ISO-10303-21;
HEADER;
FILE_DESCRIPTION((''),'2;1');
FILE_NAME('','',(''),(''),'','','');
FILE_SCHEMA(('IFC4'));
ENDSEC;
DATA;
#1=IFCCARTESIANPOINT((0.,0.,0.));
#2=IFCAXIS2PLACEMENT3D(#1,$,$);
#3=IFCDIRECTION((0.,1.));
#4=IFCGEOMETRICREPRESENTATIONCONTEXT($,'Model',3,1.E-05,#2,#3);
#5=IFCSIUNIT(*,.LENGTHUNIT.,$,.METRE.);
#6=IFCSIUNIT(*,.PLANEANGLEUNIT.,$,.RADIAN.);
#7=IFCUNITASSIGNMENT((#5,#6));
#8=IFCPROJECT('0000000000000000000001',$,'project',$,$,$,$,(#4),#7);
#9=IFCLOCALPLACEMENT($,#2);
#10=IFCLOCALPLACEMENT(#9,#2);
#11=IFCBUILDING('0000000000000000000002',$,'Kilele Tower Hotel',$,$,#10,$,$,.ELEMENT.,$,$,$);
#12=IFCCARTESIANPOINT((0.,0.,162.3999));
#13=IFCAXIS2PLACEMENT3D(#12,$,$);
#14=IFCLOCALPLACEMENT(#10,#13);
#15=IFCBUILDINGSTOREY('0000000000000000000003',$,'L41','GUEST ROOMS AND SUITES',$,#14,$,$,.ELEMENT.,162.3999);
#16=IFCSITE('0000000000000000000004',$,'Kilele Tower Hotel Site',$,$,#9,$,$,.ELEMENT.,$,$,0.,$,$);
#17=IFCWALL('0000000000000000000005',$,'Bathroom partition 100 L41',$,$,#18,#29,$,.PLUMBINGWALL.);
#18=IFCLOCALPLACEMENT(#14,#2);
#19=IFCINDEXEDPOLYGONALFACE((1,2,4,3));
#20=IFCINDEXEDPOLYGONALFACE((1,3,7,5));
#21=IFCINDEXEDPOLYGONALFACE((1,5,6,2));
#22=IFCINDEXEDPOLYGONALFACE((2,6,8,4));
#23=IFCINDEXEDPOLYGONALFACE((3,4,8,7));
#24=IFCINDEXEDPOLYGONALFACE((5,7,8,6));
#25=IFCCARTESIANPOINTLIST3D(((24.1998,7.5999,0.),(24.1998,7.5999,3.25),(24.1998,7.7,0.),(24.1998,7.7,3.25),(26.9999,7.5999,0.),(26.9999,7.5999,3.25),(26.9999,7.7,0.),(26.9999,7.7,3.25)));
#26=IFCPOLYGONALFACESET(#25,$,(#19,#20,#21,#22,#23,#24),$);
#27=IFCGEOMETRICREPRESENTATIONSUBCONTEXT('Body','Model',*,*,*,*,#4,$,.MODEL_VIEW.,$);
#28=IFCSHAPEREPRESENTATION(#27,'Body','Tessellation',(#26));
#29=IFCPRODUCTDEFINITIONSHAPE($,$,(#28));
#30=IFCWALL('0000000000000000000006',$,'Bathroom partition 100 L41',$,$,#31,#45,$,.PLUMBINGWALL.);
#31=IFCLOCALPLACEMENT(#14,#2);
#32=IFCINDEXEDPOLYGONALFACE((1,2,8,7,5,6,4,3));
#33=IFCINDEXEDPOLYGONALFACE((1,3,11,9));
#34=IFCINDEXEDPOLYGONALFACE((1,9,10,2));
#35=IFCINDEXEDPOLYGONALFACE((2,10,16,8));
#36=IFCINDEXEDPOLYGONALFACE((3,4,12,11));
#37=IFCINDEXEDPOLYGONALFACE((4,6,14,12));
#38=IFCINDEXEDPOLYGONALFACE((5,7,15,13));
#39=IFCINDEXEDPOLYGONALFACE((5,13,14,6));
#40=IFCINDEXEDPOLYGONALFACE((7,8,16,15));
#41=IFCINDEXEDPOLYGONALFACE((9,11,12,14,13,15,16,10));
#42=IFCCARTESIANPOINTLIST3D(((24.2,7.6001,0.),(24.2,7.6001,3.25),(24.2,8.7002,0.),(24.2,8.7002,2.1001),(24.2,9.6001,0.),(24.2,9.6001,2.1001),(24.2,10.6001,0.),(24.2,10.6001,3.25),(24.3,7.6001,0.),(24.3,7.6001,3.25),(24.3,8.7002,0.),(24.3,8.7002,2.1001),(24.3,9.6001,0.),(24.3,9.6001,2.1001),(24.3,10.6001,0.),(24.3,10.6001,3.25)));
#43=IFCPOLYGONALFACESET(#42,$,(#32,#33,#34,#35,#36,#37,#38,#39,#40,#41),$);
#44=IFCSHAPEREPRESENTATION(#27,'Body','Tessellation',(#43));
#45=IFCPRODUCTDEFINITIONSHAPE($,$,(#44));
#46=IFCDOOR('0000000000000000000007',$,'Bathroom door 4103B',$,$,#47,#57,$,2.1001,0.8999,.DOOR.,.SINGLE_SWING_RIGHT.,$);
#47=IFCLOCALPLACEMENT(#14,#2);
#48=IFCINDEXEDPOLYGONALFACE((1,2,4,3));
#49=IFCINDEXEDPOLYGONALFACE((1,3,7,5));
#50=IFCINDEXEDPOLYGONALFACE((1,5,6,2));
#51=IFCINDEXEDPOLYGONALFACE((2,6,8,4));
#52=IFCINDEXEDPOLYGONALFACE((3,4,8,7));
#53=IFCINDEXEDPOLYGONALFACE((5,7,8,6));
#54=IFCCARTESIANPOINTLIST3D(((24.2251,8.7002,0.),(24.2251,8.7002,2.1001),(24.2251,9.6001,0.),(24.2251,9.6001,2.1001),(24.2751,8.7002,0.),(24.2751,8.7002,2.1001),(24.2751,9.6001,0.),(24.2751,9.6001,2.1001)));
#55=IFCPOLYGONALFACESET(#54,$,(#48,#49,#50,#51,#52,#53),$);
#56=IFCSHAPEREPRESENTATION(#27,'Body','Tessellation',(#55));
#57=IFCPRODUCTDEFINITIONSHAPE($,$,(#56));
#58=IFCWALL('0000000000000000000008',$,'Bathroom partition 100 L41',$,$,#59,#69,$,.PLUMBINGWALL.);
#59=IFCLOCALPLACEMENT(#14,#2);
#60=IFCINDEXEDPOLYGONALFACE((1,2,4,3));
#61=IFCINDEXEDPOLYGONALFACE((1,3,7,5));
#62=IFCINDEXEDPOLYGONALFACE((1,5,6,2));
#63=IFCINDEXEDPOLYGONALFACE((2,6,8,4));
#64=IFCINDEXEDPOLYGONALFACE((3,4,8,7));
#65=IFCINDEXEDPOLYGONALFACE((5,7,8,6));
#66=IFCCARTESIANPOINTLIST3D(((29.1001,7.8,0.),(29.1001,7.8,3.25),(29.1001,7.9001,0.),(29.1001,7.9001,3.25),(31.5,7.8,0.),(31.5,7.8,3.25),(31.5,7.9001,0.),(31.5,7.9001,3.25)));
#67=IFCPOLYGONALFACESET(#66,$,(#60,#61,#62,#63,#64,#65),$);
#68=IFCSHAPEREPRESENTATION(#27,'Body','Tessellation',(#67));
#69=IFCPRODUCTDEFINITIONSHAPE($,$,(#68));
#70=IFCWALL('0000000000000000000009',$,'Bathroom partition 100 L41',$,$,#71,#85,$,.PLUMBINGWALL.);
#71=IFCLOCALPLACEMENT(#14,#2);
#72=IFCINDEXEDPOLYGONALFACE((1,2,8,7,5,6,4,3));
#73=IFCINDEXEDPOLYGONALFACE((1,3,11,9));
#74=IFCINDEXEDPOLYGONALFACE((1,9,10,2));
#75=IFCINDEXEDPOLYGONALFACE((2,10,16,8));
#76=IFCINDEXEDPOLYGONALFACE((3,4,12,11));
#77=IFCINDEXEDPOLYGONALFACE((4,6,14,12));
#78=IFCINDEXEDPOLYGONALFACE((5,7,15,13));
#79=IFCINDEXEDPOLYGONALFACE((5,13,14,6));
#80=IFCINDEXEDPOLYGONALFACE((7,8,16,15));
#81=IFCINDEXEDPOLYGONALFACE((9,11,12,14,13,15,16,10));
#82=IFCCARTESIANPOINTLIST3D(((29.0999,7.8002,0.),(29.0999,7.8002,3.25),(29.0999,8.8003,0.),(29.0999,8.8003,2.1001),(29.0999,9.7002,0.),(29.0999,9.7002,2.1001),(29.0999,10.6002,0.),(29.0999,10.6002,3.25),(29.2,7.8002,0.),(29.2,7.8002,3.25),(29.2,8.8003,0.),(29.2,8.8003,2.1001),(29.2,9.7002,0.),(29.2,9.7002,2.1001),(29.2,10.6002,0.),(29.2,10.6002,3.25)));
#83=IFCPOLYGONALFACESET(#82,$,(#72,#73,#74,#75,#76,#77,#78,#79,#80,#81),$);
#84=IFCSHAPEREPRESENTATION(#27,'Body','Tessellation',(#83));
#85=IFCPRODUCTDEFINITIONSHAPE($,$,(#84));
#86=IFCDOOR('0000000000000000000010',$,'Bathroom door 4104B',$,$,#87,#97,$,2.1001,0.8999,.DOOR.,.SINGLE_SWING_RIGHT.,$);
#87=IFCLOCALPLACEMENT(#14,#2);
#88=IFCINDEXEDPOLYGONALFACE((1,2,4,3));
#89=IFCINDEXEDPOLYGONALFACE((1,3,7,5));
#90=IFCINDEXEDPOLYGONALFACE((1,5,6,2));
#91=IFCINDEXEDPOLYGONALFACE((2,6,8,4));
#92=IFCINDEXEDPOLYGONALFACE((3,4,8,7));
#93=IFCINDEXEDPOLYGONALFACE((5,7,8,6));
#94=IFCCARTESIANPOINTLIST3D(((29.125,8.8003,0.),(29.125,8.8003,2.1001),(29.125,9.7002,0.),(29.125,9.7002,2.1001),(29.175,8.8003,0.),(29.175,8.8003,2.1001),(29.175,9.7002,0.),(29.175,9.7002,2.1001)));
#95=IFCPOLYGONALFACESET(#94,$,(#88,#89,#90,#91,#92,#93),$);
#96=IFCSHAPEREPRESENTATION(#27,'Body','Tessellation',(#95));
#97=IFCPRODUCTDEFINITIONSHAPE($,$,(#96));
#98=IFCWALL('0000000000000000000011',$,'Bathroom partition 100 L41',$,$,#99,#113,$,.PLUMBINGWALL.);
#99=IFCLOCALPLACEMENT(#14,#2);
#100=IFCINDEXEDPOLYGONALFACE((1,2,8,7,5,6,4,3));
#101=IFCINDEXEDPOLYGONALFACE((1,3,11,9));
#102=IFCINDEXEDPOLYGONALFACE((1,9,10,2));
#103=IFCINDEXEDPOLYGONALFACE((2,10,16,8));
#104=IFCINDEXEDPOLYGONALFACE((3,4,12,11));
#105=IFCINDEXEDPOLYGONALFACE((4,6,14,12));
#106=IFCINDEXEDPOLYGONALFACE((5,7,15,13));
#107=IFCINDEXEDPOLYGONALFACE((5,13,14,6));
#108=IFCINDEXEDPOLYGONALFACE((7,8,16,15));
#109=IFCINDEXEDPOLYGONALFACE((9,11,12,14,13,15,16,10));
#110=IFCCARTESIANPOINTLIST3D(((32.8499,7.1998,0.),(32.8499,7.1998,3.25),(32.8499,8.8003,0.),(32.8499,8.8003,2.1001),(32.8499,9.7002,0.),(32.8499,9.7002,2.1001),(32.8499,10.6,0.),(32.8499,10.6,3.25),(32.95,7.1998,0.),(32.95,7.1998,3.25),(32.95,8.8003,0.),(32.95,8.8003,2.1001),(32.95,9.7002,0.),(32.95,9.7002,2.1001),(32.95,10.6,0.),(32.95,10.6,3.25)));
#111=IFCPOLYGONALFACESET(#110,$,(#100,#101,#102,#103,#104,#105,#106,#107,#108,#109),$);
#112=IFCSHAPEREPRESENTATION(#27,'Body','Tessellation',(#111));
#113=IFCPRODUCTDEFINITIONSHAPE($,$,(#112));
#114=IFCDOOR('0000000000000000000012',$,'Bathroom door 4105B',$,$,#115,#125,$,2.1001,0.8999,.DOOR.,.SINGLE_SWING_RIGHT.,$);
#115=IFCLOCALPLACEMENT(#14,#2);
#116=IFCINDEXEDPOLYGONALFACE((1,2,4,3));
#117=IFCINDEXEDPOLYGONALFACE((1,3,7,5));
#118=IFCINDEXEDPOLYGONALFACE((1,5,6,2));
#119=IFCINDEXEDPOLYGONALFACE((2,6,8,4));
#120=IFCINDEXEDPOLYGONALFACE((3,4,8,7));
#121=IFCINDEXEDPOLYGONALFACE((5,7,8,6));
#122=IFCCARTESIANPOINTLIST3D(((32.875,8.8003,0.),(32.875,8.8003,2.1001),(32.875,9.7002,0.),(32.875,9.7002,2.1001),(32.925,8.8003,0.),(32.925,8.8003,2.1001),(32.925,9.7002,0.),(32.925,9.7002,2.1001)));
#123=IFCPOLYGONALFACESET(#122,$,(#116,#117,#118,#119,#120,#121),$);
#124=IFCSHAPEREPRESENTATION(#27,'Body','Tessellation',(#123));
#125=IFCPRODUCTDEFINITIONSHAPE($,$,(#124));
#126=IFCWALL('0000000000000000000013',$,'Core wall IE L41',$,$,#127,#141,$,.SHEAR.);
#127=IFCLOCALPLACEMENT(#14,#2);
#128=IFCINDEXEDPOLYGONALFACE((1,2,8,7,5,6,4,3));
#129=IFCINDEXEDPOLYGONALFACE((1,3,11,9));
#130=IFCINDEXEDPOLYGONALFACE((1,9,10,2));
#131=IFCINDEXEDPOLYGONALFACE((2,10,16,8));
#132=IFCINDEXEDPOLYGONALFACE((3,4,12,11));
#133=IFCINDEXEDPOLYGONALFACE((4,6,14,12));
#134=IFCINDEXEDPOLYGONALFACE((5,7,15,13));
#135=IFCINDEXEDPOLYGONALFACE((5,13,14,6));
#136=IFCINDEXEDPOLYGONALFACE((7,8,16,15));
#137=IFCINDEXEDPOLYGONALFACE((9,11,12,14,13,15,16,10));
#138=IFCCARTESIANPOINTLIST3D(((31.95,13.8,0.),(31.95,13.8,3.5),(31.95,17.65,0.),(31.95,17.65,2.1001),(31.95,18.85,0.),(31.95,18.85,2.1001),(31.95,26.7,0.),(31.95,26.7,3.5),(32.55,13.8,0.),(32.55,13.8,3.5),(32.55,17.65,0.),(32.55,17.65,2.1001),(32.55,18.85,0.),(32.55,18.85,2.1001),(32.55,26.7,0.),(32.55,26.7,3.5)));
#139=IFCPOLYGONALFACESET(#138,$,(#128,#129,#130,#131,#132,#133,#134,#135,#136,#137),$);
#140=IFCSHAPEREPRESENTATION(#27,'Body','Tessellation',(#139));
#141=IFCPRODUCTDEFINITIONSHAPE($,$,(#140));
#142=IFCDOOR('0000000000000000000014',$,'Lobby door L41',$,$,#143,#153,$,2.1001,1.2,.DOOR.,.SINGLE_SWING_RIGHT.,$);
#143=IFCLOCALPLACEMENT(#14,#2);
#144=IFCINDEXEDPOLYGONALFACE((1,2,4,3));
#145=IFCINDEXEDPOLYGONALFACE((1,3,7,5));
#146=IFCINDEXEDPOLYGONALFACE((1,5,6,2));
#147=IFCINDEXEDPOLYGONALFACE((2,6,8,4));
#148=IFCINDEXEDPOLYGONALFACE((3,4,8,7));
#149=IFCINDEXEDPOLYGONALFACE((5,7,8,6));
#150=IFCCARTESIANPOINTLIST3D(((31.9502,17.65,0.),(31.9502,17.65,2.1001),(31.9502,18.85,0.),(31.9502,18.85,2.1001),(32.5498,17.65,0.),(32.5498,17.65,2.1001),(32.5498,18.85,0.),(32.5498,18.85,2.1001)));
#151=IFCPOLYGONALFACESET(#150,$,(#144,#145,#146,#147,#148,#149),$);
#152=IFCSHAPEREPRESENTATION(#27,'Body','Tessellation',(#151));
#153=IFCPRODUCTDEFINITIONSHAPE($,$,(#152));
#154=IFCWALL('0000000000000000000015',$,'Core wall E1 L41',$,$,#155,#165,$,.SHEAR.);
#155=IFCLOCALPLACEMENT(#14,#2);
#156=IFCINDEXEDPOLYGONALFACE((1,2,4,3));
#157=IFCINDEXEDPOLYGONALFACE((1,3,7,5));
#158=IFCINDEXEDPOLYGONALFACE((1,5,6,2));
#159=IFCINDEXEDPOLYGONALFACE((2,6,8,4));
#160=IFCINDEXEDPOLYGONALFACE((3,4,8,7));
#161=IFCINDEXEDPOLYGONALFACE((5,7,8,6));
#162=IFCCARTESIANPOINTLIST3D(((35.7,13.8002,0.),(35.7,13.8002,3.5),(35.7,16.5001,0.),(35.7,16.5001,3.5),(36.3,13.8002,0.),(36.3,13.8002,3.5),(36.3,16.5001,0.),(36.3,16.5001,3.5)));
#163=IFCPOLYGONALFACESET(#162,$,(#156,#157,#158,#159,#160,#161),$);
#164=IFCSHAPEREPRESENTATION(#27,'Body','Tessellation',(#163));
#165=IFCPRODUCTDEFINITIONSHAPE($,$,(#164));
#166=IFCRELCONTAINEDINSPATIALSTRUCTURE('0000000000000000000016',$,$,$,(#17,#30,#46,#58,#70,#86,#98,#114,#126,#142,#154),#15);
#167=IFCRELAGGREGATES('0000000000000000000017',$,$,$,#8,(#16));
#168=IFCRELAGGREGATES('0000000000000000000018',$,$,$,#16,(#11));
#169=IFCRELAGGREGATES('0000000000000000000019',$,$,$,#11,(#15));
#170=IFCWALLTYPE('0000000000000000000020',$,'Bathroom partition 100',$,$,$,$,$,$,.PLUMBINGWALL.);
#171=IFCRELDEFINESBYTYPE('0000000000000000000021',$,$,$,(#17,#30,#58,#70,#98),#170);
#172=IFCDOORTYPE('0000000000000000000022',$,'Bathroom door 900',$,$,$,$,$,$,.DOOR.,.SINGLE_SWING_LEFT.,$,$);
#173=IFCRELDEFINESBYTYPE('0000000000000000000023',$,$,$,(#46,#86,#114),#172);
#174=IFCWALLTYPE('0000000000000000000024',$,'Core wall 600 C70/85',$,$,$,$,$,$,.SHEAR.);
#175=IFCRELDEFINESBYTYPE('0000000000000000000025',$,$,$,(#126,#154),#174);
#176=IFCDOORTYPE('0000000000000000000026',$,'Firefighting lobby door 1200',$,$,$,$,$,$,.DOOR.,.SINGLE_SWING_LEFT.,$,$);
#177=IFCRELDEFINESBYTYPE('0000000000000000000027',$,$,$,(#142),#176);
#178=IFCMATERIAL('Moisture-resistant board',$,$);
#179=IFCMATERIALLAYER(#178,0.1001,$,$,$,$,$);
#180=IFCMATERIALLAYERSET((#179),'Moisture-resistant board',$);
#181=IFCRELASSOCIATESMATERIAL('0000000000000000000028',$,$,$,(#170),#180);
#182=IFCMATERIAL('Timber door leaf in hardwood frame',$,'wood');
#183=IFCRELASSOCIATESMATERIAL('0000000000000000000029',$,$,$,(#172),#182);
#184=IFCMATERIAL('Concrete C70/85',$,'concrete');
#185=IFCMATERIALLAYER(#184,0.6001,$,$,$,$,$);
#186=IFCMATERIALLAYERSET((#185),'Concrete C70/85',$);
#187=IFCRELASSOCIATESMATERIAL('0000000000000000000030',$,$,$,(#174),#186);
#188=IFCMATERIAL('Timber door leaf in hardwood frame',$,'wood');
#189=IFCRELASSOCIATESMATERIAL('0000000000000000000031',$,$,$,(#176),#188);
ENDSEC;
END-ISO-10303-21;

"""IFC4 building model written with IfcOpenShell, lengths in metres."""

from ifc_helpers import new_model, si_unit, direction, frame, frame_2d, origin, place, context, subcontext, project, spatial, rectangle, extrude, material, layer, layer_set, type_object, element, fill, save


model = new_model("IFC4")

# Units and contexts
model_context = context("Model", 3, precision=1e-05, world=origin(), true_north=direction((0.0, 1.0)))
body_context = subcontext(model_context, "Body", "Model", "MODEL_VIEW")
ifc_project = project(units=[si_unit("LENGTHUNIT", "METRE"), si_unit("PLANEANGLEUNIT", "RADIAN")], contexts=[model_context])

# Site, building, storey
site_placement = place(None, origin())
site = spatial("IfcSite", under=ifc_project, at=site_placement, Name="Kilele Tower Hotel Site", CompositionType="ELEMENT", RefElevation=0.0)
building_placement = place(site_placement, origin())
building = spatial("IfcBuilding", under=site, at=building_placement, Name="Kilele Tower Hotel", CompositionType="ELEMENT")
storey_placement = place(building_placement, frame((0.0, 0.0, 162.3999)))
storey = spatial("IfcBuildingStorey", under=building, at=storey_placement, Name="L41", Description="GUEST ROOMS AND SUITES", CompositionType="ELEMENT", Elevation=162.3999)

# Wall
ifc_material_1 = material(Name="Moisture-resistant board")
ifc_layer_1 = layer(ifc_material_1, 0.1001)
ifc_layer_set_1 = layer_set([ifc_layer_1], Name="Moisture-resistant board")
wall_type_1 = type_object("IfcWallType", Name="Bathroom partition 100", PredefinedType="PLUMBINGWALL", material=ifc_layer_set_1)
wall_1_placement = place(storey_placement, frame((24.2, 7.6499, 0.0), z_axis=(0.0, 0.0, 1.0), x_axis=(1.0, 0.0, 0.0)))
element("IfcWall", 1, at=wall_1_placement, inside=storey, type_object=wall_type_1, Name="Bathroom partition 100 L41", PredefinedType="PLUMBINGWALL", context=body_context, shape_type="SweptSolid", body=[
    extrude(rectangle(XDim=2.8, YDim=0.1001, at=frame_2d((1.3999, 0.0))), origin(), (0.0, 0.0, 1.0), 3.25),
])

# Wall, opening, door
wall_2_placement = place(storey_placement, frame((24.25, 10.6001, 0.0), z_axis=(0.0, 0.0, 1.0), x_axis=(0.0, -1.0, 0.0)))
wall_2 = element("IfcWall", 2, at=wall_2_placement, inside=storey, type_object=wall_type_1, Name="Bathroom partition 100 L41", PredefinedType="PLUMBINGWALL", context=body_context, shape_type="SweptSolid", body=[
    extrude(rectangle(XDim=3.0, YDim=0.1001, at=frame_2d((1.5, 0.0))), origin(), (0.0, 0.0, 1.0), 3.25),
])
opening_1_placement = place(wall_2_placement, frame((1.8999, 0.0, 0.0), z_axis=(0.0, 0.0, 1.0), x_axis=(-1.0, 0.0, 0.0)))
opening_1 = element("IfcOpeningElement", 3, at=opening_1_placement, cuts=wall_2, PredefinedType="OPENING", context=body_context, shape_type="SweptSolid", body=[
    extrude(rectangle(XDim=0.8999, YDim=2.1001, at=frame_2d((0.45, 1.05))), frame((0.0, 0.0601, 0.0), z_axis=(0.0, -1.0, 0.0), x_axis=(1.0, 0.0, 0.0)), (0.0, 0.0, 1.0), 0.1201),
])
ifc_material_2 = material(Name="Timber door leaf in hardwood frame", Category="wood")
door_type_1 = type_object("IfcDoorType", Name="Bathroom door 900", OperationType="SINGLE_SWING_LEFT", PredefinedType="DOOR", material=ifc_material_2)
door_1_placement = place(opening_1_placement, origin())
door_1 = element("IfcDoor", 4, at=door_1_placement, inside=storey, type_object=door_type_1, Name="Bathroom door 4103B", OperationType="SINGLE_SWING_RIGHT", OverallHeight=2.1001, OverallWidth=0.8999, PredefinedType="DOOR", context=body_context, shape_type="SweptSolid", body=[
    extrude(rectangle(XDim=0.8999, YDim=2.1001, at=frame_2d((0.45, 1.05))), frame((0.0, 0.0249, 0.0), z_axis=(0.0, -1.0, 0.0), x_axis=(1.0, 0.0, 0.0)), (0.0, 0.0, 1.0), 0.05),
])
fill(opening_1, door_1)

# Wall
wall_3_placement = place(storey_placement, frame((29.1001, 7.8501, 0.0), z_axis=(0.0, 0.0, 1.0), x_axis=(1.0, 0.0, 0.0)))
element("IfcWall", 5, at=wall_3_placement, inside=storey, type_object=wall_type_1, Name="Bathroom partition 100 L41", PredefinedType="PLUMBINGWALL", context=body_context, shape_type="SweptSolid", body=[
    extrude(rectangle(XDim=2.3999, YDim=0.1001, at=frame_2d((1.2, 0.0))), origin(), (0.0, 0.0, 1.0), 3.25),
])

# Walls, openings, doors
wall_4_placement = place(storey_placement, frame((29.1499, 10.6001, 0.0), z_axis=(0.0, 0.0, 1.0), x_axis=(0.0, -1.0, 0.0)))
wall_4 = element("IfcWall", 6, at=wall_4_placement, inside=storey, type_object=wall_type_1, Name="Bathroom partition 100 L41", PredefinedType="PLUMBINGWALL", context=body_context, shape_type="SweptSolid", body=[
    extrude(rectangle(XDim=2.8, YDim=0.1001, at=frame_2d((1.3999, 0.0))), origin(), (0.0, 0.0, 1.0), 3.25),
])
opening_2_placement = place(wall_4_placement, frame((1.7998, 0.0, 0.0), z_axis=(0.0, 0.0, 1.0), x_axis=(-1.0, 0.0, 0.0)))
opening_2 = element("IfcOpeningElement", 7, at=opening_2_placement, cuts=wall_4, PredefinedType="OPENING", context=body_context, shape_type="SweptSolid", body=[
    extrude(rectangle(XDim=0.8999, YDim=2.1001, at=frame_2d((0.45, 1.05))), frame((0.0, 0.0601, 0.0), z_axis=(0.0, -1.0, 0.0), x_axis=(1.0, 0.0, 0.0)), (0.0, 0.0, 1.0), 0.1201),
])
door_2_placement = place(opening_2_placement, origin())
door_2 = element("IfcDoor", 8, at=door_2_placement, inside=storey, type_object=door_type_1, Name="Bathroom door 4104B", OperationType="SINGLE_SWING_RIGHT", OverallHeight=2.1001, OverallWidth=0.8999, PredefinedType="DOOR", context=body_context, shape_type="SweptSolid", body=[
    extrude(rectangle(XDim=0.8999, YDim=2.1001, at=frame_2d((0.45, 1.05))), frame((0.0, 0.0249, 0.0), z_axis=(0.0, -1.0, 0.0), x_axis=(1.0, 0.0, 0.0)), (0.0, 0.0, 1.0), 0.05),
])
fill(opening_2, door_2)
wall_5_placement = place(storey_placement, frame((32.8999, 10.6001, 0.0), z_axis=(0.0, 0.0, 1.0), x_axis=(0.0, -1.0, 0.0)))
wall_5 = element("IfcWall", 9, at=wall_5_placement, inside=storey, type_object=wall_type_1, Name="Bathroom partition 100 L41", PredefinedType="PLUMBINGWALL", context=body_context, shape_type="SweptSolid", body=[
    extrude(rectangle(XDim=3.4001, YDim=0.1001, at=frame_2d((1.7002, 0.0))), origin(), (0.0, 0.0, 1.0), 3.25),
])
opening_3_placement = place(wall_5_placement, frame((1.7998, 0.0, 0.0), z_axis=(0.0, 0.0, 1.0), x_axis=(-1.0, 0.0, 0.0)))
opening_3 = element("IfcOpeningElement", 10, at=opening_3_placement, cuts=wall_5, PredefinedType="OPENING", context=body_context, shape_type="SweptSolid", body=[
    extrude(rectangle(XDim=0.8999, YDim=2.1001, at=frame_2d((0.45, 1.05))), frame((0.0, 0.0601, 0.0), z_axis=(0.0, -1.0, 0.0), x_axis=(1.0, 0.0, 0.0)), (0.0, 0.0, 1.0), 0.1201),
])
door_3_placement = place(opening_3_placement, origin())
door_3 = element("IfcDoor", 11, at=door_3_placement, inside=storey, type_object=door_type_1, Name="Bathroom door 4105B", OperationType="SINGLE_SWING_RIGHT", OverallHeight=2.1001, OverallWidth=0.8999, PredefinedType="DOOR", context=body_context, shape_type="SweptSolid", body=[
    extrude(rectangle(XDim=0.8999, YDim=2.1001, at=frame_2d((0.45, 1.05))), frame((0.0, 0.0249, 0.0), z_axis=(0.0, -1.0, 0.0), x_axis=(1.0, 0.0, 0.0)), (0.0, 0.0, 1.0), 0.05),
])
fill(opening_3, door_3)
ifc_material_3 = material(Name="Concrete C70/85", Category="concrete")
ifc_layer_2 = layer(ifc_material_3, 0.6001)
ifc_layer_set_2 = layer_set([ifc_layer_2], Name="Concrete C70/85")
wall_type_2 = type_object("IfcWallType", Name="Core wall 600 C70/85", PredefinedType="SHEAR", material=ifc_layer_set_2)
wall_6_placement = place(storey_placement, frame((32.25, 13.8, 0.0), z_axis=(0.0, 0.0, 1.0), x_axis=(0.0, 1.0, 0.0)))
wall_6 = element("IfcWall", 12, at=wall_6_placement, inside=storey, type_object=wall_type_2, Name="Core wall IE L41", PredefinedType="SHEAR", context=body_context, shape_type="SweptSolid", body=[
    extrude(rectangle(XDim=12.8999, YDim=0.6001, at=frame_2d((6.45, 0.0))), origin(), (0.0, 0.0, 1.0), 3.5),
])
opening_4_placement = place(wall_6_placement, frame((5.05, 0.0, 0.0), z_axis=(0.0, 0.0, 1.0), x_axis=(-1.0, 0.0, 0.0)))
opening_4 = element("IfcOpeningElement", 13, at=opening_4_placement, cuts=wall_6, PredefinedType="OPENING", context=body_context, shape_type="SweptSolid", body=[
    extrude(rectangle(XDim=1.2, YDim=2.1001, at=frame_2d((0.6001, 1.05))), frame((0.0, 0.3101, 0.0), z_axis=(0.0, -1.0, 0.0), x_axis=(1.0, 0.0, 0.0)), (0.0, 0.0, 1.0), 0.6201),
])
ifc_material_4 = material(Name="Timber door leaf in hardwood frame", Category="wood")
door_type_2 = type_object("IfcDoorType", Name="Firefighting lobby door 1200", OperationType="SINGLE_SWING_LEFT", PredefinedType="DOOR", material=ifc_material_4)
door_4_placement = place(opening_4_placement, origin())
door_4 = element("IfcDoor", 14, at=door_4_placement, inside=storey, type_object=door_type_2, Name="Lobby door L41", OperationType="SINGLE_SWING_RIGHT", OverallHeight=2.1001, OverallWidth=1.2, PredefinedType="DOOR", context=body_context, shape_type="SweptSolid", body=[
    extrude(rectangle(XDim=1.2, YDim=2.1001, at=frame_2d((0.6001, 1.05))), frame((0.0, 0.2998, 0.0), z_axis=(0.0, -1.0, 0.0), x_axis=(1.0, 0.0, 0.0)), (0.0, 0.0, 1.0), 0.5996),
])
fill(opening_4, door_4)

# Wall
wall_7_placement = place(storey_placement, frame((36.0, 13.8, 0.0), z_axis=(0.0, 0.0, 1.0), x_axis=(0.0, 1.0, 0.0)))
element("IfcWall", 15, at=wall_7_placement, inside=storey, type_object=wall_type_2, Name="Core wall E1 L41", PredefinedType="SHEAR", context=body_context, shape_type="SweptSolid", body=[
    extrude(rectangle(XDim=2.7, YDim=0.6001, at=frame_2d((1.3501, 0.0))), origin(), (0.0, 0.0, 1.0), 3.5),
])

save(model, "model.ifc")
